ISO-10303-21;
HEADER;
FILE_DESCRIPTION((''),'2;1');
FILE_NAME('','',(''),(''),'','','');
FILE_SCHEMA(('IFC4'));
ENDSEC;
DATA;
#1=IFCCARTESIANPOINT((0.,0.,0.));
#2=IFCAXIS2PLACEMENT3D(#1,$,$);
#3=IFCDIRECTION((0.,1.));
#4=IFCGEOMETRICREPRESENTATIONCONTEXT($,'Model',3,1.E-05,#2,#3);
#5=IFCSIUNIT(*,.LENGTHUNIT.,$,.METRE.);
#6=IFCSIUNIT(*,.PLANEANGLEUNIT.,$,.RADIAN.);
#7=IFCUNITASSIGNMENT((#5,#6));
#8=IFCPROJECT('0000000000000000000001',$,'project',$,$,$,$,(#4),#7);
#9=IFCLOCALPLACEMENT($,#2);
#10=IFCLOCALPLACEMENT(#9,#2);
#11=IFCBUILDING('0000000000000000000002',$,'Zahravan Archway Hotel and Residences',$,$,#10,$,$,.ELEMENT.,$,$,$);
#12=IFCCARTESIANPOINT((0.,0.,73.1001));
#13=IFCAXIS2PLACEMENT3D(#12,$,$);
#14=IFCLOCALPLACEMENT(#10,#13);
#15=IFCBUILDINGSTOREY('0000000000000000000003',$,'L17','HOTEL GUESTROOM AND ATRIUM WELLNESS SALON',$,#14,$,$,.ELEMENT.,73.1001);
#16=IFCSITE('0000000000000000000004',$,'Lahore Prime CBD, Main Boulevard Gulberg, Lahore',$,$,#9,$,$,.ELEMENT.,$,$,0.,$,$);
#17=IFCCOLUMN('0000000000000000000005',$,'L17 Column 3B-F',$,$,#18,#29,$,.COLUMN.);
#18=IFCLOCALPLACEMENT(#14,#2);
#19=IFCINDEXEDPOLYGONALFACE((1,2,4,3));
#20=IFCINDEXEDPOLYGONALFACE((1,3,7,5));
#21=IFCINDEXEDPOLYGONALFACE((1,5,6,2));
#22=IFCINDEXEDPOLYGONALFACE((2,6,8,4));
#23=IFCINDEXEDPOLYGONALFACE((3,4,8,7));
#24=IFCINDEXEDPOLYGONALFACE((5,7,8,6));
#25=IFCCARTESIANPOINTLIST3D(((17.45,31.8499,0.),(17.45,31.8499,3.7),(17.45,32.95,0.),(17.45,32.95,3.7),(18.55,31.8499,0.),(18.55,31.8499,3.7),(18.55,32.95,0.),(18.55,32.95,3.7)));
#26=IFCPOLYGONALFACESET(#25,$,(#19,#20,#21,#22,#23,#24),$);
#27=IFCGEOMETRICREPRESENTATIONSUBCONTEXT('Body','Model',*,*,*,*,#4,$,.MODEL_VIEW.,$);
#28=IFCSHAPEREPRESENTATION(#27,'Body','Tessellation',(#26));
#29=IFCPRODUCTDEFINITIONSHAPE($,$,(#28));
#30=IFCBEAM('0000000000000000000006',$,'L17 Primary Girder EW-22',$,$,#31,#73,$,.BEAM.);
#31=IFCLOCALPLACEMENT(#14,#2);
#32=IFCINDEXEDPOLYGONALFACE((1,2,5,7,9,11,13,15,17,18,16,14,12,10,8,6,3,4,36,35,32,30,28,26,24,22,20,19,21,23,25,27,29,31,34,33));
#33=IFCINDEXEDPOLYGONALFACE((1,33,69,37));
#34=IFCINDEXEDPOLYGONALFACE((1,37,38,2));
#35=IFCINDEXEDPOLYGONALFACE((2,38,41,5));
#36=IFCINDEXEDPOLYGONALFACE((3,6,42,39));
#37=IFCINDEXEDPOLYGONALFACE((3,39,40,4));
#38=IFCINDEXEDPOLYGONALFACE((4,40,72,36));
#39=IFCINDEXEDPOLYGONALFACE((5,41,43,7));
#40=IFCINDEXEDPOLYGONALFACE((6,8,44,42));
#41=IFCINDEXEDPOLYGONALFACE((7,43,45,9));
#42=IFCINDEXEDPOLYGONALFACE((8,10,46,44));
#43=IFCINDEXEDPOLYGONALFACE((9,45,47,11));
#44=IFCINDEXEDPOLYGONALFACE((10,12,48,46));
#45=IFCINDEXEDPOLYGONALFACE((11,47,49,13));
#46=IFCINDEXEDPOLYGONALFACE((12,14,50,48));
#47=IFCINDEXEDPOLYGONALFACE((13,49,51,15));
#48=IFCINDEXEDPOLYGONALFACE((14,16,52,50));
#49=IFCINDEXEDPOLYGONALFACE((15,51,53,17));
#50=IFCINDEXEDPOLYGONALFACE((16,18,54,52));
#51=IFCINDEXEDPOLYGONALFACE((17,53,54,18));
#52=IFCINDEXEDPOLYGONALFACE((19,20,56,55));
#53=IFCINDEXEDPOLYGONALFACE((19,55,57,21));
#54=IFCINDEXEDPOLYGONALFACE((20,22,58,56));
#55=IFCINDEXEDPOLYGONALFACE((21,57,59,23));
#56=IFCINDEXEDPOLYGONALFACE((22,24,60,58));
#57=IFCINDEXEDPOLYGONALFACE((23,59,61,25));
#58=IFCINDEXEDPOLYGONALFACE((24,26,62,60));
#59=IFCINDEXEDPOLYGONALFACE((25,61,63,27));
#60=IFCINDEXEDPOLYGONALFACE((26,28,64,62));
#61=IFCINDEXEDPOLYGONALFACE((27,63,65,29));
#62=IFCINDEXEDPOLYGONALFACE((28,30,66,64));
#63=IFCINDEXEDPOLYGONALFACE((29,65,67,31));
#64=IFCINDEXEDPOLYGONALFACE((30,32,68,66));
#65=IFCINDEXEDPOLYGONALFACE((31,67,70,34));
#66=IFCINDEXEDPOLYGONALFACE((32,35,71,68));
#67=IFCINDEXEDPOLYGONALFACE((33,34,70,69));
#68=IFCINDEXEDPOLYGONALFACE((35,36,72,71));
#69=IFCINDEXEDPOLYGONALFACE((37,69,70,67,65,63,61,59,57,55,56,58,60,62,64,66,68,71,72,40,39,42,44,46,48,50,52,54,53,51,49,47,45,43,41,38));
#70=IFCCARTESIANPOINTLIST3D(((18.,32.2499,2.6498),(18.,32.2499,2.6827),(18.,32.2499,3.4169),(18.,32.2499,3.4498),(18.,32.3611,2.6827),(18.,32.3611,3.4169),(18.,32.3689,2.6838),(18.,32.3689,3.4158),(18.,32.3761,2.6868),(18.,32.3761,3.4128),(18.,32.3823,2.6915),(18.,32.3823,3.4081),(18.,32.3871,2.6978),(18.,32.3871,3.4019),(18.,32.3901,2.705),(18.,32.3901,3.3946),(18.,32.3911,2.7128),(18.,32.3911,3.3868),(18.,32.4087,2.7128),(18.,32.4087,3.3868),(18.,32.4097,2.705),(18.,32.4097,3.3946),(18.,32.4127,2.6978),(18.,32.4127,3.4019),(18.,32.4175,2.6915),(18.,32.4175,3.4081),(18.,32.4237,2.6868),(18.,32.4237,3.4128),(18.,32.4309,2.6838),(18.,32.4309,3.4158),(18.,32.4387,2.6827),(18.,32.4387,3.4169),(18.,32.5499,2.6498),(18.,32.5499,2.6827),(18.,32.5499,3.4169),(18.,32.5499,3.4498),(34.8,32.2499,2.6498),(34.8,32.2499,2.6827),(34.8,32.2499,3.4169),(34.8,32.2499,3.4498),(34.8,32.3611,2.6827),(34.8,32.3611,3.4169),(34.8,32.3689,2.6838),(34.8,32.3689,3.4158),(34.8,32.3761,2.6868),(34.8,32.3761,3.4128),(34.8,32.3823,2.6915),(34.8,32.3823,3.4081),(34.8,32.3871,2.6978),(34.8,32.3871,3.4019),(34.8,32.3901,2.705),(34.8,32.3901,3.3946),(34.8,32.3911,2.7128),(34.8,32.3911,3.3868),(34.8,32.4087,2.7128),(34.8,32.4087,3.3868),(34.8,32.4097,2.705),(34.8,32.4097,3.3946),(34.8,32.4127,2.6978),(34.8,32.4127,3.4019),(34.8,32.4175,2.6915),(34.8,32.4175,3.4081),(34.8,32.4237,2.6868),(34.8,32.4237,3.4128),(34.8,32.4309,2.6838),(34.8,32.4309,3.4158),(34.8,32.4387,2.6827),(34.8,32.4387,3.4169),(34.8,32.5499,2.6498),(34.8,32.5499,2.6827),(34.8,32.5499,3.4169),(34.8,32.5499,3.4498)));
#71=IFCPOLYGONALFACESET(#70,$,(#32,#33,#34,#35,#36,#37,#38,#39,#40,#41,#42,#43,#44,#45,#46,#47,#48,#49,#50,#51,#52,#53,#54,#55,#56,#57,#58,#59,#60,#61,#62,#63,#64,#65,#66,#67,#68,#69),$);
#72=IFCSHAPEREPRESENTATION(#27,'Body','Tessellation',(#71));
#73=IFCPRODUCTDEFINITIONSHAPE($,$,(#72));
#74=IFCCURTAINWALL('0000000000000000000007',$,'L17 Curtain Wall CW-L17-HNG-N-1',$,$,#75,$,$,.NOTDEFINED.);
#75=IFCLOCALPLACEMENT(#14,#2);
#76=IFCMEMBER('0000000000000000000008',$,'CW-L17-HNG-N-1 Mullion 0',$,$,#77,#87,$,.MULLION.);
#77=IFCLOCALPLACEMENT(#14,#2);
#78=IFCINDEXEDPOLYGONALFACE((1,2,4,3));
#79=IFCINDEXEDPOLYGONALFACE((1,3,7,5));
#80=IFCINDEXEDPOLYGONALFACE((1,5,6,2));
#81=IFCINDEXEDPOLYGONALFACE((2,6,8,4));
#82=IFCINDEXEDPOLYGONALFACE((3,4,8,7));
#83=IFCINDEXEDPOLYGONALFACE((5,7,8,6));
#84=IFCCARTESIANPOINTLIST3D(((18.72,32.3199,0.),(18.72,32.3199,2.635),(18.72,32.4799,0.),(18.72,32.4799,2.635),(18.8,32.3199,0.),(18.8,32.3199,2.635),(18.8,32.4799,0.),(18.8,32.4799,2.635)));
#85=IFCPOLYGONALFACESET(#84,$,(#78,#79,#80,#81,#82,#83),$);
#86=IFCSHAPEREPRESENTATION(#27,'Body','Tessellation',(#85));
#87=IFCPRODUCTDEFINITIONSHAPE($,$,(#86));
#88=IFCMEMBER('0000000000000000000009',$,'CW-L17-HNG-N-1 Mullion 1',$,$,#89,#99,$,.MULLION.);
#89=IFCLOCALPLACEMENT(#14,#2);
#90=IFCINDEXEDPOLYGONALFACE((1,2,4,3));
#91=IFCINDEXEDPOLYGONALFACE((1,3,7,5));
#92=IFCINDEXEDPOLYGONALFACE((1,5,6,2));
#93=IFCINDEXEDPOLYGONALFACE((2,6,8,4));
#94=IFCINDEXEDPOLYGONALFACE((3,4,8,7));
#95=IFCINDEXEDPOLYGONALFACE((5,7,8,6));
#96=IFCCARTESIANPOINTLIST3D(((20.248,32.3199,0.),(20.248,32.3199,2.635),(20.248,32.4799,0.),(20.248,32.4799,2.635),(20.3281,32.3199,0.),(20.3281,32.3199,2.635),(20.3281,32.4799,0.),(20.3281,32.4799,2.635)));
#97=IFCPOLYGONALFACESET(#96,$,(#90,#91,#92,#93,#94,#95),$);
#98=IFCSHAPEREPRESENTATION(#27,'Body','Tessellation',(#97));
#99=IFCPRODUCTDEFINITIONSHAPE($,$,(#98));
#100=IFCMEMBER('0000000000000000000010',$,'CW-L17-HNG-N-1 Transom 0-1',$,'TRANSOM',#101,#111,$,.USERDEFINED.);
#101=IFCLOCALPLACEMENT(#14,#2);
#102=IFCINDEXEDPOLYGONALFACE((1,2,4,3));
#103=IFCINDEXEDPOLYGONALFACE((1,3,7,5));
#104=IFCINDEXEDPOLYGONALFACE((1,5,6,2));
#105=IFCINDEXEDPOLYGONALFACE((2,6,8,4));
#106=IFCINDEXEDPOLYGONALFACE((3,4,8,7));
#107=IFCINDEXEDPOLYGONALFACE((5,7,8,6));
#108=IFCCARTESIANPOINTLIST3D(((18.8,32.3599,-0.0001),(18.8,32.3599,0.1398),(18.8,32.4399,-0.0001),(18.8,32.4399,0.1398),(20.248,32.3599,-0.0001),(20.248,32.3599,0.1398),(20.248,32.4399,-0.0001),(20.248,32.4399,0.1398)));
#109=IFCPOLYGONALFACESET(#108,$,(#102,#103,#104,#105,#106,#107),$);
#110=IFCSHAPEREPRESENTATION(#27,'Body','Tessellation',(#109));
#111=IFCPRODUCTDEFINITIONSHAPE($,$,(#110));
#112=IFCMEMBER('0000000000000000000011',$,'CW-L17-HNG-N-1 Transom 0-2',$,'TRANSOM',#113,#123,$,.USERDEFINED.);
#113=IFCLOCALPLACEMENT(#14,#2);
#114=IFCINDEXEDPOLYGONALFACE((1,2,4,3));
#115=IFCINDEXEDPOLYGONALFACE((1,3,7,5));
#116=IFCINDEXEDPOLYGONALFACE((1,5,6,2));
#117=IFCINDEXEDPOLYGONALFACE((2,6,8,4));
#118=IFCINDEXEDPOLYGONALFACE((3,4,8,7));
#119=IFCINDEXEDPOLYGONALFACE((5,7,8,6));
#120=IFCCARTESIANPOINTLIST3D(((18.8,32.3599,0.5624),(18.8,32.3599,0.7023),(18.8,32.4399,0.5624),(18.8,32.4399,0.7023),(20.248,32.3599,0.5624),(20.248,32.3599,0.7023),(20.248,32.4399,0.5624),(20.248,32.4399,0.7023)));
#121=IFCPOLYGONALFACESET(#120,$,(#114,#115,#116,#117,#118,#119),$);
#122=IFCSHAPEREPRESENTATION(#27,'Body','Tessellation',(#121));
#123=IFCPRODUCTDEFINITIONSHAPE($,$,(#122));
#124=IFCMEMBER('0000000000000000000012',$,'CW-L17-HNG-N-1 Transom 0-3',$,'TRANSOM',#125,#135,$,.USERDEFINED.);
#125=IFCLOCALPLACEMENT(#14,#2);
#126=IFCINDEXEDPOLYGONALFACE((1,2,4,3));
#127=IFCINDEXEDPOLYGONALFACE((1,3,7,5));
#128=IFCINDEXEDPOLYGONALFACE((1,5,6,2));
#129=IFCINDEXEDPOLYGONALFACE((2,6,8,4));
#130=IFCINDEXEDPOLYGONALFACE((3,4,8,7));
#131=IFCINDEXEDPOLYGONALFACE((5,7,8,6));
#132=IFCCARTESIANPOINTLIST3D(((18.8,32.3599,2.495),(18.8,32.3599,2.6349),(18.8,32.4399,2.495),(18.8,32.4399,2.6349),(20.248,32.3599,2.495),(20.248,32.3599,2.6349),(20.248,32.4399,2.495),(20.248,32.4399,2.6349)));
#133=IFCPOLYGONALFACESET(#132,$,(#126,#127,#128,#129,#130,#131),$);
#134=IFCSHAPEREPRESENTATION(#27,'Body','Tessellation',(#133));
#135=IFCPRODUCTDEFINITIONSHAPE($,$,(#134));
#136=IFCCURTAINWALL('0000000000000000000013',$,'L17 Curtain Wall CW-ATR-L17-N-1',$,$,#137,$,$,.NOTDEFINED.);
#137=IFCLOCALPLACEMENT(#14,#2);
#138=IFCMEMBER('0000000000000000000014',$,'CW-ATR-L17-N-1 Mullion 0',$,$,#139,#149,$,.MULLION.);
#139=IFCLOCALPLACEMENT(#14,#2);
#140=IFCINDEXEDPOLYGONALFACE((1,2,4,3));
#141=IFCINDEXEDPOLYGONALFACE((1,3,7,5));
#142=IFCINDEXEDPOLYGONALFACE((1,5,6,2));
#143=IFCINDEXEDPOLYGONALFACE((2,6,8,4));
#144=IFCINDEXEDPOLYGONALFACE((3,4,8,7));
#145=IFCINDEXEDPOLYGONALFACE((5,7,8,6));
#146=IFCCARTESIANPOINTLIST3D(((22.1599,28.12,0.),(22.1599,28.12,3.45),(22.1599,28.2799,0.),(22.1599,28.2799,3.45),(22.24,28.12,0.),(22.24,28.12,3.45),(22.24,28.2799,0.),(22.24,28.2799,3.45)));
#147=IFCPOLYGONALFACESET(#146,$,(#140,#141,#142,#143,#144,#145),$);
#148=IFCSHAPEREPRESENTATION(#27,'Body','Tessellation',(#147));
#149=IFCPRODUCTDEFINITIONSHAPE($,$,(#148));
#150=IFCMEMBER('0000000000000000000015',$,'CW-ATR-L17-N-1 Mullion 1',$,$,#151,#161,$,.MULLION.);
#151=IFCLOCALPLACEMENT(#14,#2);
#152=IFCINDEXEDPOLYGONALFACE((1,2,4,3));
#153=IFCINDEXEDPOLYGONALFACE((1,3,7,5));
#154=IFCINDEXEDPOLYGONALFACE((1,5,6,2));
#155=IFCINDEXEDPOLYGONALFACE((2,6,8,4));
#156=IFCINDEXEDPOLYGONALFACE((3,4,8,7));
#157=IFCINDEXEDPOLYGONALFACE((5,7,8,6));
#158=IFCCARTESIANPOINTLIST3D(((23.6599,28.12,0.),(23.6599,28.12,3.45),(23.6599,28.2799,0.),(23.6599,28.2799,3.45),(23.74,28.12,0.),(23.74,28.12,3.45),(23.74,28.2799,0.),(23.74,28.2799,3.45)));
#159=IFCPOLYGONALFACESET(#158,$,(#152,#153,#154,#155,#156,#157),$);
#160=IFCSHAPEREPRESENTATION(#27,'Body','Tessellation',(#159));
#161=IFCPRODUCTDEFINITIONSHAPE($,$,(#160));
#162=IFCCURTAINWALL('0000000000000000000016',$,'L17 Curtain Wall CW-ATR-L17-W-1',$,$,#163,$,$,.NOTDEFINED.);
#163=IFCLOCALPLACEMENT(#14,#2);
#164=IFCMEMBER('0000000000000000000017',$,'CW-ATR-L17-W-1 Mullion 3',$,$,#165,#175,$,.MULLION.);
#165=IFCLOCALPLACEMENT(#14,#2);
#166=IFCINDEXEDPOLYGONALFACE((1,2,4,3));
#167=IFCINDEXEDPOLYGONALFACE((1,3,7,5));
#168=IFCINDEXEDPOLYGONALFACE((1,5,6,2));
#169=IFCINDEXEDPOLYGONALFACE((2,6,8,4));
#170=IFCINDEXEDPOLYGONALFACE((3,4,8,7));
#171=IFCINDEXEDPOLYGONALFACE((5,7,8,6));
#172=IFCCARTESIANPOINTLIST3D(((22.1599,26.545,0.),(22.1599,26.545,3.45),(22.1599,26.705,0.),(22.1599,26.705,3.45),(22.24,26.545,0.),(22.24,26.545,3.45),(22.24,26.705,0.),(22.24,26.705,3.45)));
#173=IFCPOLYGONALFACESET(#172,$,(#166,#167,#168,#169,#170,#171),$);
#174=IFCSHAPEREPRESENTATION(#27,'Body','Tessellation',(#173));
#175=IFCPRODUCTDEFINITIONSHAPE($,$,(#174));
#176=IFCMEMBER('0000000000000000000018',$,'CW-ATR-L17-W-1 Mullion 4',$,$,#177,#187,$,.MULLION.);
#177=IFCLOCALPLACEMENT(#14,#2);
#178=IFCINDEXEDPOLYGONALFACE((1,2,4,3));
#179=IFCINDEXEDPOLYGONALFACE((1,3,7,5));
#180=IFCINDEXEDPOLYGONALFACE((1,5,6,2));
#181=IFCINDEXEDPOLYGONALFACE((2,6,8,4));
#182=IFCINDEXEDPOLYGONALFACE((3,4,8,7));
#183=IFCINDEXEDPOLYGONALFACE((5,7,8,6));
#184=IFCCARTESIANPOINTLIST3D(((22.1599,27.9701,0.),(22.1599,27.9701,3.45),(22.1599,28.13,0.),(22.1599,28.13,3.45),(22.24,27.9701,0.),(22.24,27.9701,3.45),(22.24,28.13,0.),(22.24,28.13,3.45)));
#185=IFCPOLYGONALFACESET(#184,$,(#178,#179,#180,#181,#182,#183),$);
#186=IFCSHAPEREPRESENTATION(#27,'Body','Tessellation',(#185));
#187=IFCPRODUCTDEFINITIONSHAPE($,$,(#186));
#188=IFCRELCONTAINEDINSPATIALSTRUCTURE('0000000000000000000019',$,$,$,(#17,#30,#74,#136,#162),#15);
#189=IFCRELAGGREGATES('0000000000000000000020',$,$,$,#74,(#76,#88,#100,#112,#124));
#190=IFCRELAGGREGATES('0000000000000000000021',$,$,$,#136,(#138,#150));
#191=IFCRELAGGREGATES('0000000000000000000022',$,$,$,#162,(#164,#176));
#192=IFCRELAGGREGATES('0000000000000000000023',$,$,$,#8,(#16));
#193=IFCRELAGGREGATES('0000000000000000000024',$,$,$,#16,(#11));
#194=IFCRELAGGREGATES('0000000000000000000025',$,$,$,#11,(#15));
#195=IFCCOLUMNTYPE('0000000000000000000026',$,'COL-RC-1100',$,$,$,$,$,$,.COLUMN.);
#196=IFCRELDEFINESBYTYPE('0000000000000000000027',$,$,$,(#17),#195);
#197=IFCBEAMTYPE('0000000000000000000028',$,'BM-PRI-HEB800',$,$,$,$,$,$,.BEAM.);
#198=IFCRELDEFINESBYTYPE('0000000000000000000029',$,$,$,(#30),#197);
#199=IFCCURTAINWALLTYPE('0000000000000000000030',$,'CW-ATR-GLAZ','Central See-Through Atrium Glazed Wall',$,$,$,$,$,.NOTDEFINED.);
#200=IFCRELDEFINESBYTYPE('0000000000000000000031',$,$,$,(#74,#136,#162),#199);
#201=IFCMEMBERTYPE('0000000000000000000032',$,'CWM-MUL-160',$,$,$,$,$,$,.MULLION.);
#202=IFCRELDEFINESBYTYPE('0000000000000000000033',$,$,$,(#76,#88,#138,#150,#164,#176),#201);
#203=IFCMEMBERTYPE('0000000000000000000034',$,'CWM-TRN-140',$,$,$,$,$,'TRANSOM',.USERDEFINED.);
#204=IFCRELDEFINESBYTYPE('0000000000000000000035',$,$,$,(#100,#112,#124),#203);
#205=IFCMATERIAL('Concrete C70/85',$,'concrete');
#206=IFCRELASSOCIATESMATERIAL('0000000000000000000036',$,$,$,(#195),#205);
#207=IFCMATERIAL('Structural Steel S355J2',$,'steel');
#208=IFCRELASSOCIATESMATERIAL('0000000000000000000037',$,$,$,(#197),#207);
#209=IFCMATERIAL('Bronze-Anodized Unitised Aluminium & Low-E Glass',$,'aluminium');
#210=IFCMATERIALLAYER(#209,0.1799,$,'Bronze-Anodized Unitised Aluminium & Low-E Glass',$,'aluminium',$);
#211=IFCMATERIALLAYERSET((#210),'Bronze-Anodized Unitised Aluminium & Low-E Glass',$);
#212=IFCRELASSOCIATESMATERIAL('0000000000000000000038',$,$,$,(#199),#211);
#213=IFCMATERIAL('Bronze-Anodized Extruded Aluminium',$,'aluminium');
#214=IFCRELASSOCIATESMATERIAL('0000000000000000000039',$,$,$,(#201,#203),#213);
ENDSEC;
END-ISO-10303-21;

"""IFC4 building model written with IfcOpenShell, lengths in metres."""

from ifc_helpers import new_model, si_unit, direction, frame, origin, origin_2d, place, context, subcontext, project, spatial, rectangle, i_section, extrude, source, transform, mapped, material, layer, layer_set, material_profile, profile_set, type_object, type_shapes, element, aggregate, save


model = new_model("IFC4")

# Units and contexts
model_context = context("Model", 3, precision=1e-05, world=origin(), true_north=direction((0.0, 1.0)))
body_context = subcontext(model_context, "Body", "Model", "MODEL_VIEW")
ifc_project = project(units=[si_unit("LENGTHUNIT", "METRE"), si_unit("PLANEANGLEUNIT", "RADIAN")], contexts=[model_context])

# Site, building, storey
site_placement = place(None, origin())
site = spatial("IfcSite", under=ifc_project, at=site_placement, Name="Lahore Prime CBD, Main Boulevard Gulberg, Lahore", CompositionType="ELEMENT", RefElevation=0.0)
building_placement = place(site_placement, origin())
building = spatial("IfcBuilding", under=site, at=building_placement, Name="Zahravan Archway Hotel and Residences", CompositionType="ELEMENT")
storey_placement = place(building_placement, frame((0.0, 0.0, 73.1001)))
storey = spatial("IfcBuildingStorey", under=building, at=storey_placement, Name="L17", Description="HOTEL GUESTROOM AND ATRIUM WELLNESS SALON", CompositionType="ELEMENT", Elevation=73.1001)

# Column
ifc_material_1 = material(Name="Concrete C70/85", Category="concrete")
ifc_material_profile_1 = material_profile(ifc_material_1, rectangle(XDim=1.1001, YDim=1.1001, at=origin_2d()), Name="RC 1100x1100", Category="concrete")
ifc_profile_set_1 = profile_set([ifc_material_profile_1], Name="Concrete C70/85")
column_type = type_object("IfcColumnType", Name="COL-RC-1100", PredefinedType="COLUMN", material=ifc_profile_set_1)
shared_shape_1 = source(origin(), body_context, "Body", "SweptSolid", [
    extrude(rectangle(XDim=1.1001, YDim=1.1001, at=origin_2d()), origin(), (0.0, 0.0, 1.0), 3.7),
])
column_placement = place(storey_placement, frame((18.0, 32.3999, 0.0), z_axis=(0.0, 0.0, 1.0), x_axis=(1.0, 0.0, 0.0)))
element("IfcColumn", 1, at=column_placement, inside=storey, type_object=column_type, Name="L17 Column 3B-F", PredefinedType="COLUMN", context=body_context, shape_type="MappedRepresentation", body=[
    mapped(shared_shape_1, transform((0.0, 0.0, 0.0), scale=1.0)),
])

# Beam
ifc_material_2 = material(Name="Structural Steel S355J2", Category="steel")
ifc_material_profile_2 = material_profile(ifc_material_2, i_section(OverallWidth=0.3, OverallDepth=0.8, WebThickness=0.0176, FlangeThickness=0.033, FilletRadius=0.03, at=origin_2d()), Name="HEB 800", Category="steel")
ifc_profile_set_2 = profile_set([ifc_material_profile_2], Name="Structural Steel S355J2")
beam_type = type_object("IfcBeamType", Name="BM-PRI-HEB800", PredefinedType="BEAM", material=ifc_profile_set_2)
shared_shape_2 = source(origin(), body_context, "Body", "SweptSolid", [
    extrude(i_section(OverallWidth=0.3, OverallDepth=0.8, WebThickness=0.0176, FlangeThickness=0.033, FilletRadius=0.03, at=origin_2d()), origin(), (0.0, 0.0, 1.0), 16.8),
])
type_shapes(beam_type, [shared_shape_2])
beam_placement = place(storey_placement, frame((18.0, 32.3999, 3.0498), z_axis=(1.0, 0.0, 0.0), x_axis=(0.0, 1.0, 0.0)))
element("IfcBeam", 2, at=beam_placement, inside=storey, type_object=beam_type, Name="L17 Primary Girder EW-22", PredefinedType="BEAM", context=body_context, shape_type="MappedRepresentation", body=[
    mapped(shared_shape_2, transform((0.0, 0.0, 0.0), scale=1.0)),
])

# Curtain walls, members
ifc_material_3 = material(Name="Bronze-Anodized Unitised Aluminium & Low-E Glass", Category="aluminium")
ifc_layer_1 = layer(ifc_material_3, 0.1799, Name="Bronze-Anodized Unitised Aluminium & Low-E Glass", Category="aluminium")
ifc_layer_set_1 = layer_set([ifc_layer_1], Name="Bronze-Anodized Unitised Aluminium & Low-E Glass")
curtain_wall_type = type_object("IfcCurtainWallType", Name="CW-ATR-GLAZ", Description="Central See-Through Atrium Glazed Wall", PredefinedType="NOTDEFINED", material=ifc_layer_set_1)
curtain_wall_1_placement = place(storey_placement, origin())
curtain_wall_1 = element("IfcCurtainWall", 3, at=curtain_wall_1_placement, inside=storey, type_object=curtain_wall_type, Name="L17 Curtain Wall CW-L17-HNG-N-1", PredefinedType="NOTDEFINED")
ifc_material_4 = material(Name="Bronze-Anodized Extruded Aluminium", Category="aluminium")
ifc_material_profile_3 = material_profile(ifc_material_4, rectangle(XDim=0.0801, YDim=0.1599, at=origin_2d()), Name="MUL 80x160", Category="aluminium")
ifc_profile_set_3 = profile_set([ifc_material_profile_3], Name="Bronze-Anodized Extruded Aluminium")
member_type_1 = type_object("IfcMemberType", Name="CWM-MUL-160", PredefinedType="MULLION", material=ifc_profile_set_3)
shared_shape_3 = source(origin(), body_context, "Body", "SweptSolid", [
    extrude(rectangle(XDim=0.0801, YDim=0.1599, at=origin_2d()), origin(), (0.0, 0.0, 1.0), 2.635),
])
member_1_placement = place(storey_placement, frame((18.76, 32.3999, 0.0), z_axis=(0.0, 0.0, 1.0), x_axis=(1.0, 0.0, 0.0)))
member_1 = element("IfcMember", 4, at=member_1_placement, type_object=member_type_1, Name="CW-L17-HNG-N-1 Mullion 0", PredefinedType="MULLION", context=body_context, shape_type="MappedRepresentation", body=[
    mapped(shared_shape_3, transform((0.0, 0.0, 0.0), scale=1.0)),
])
member_2_placement = place(storey_placement, frame((20.2881, 32.3999, 0.0), z_axis=(0.0, 0.0, 1.0), x_axis=(1.0, 0.0, 0.0)))
member_2 = element("IfcMember", 5, at=member_2_placement, type_object=member_type_1, Name="CW-L17-HNG-N-1 Mullion 1", PredefinedType="MULLION", context=body_context, shape_type="MappedRepresentation", body=[
    mapped(shared_shape_3, transform((0.0, 0.0, 0.0), scale=1.0)),
])
ifc_material_profile_4 = material_profile(ifc_material_4, rectangle(XDim=0.0801, YDim=0.1399, at=origin_2d()), Name="TRN 80x140", Category="aluminium")
ifc_profile_set_4 = profile_set([ifc_material_profile_4], Name="Bronze-Anodized Extruded Aluminium")
member_type_2 = type_object("IfcMemberType", Name="CWM-TRN-140", ElementType="TRANSOM", PredefinedType="USERDEFINED", material=ifc_profile_set_4)
shared_shape_4 = source(origin(), body_context, "Body", "SweptSolid", [
    extrude(rectangle(XDim=0.0801, YDim=0.1399, at=origin_2d()), origin(), (0.0, 0.0, 1.0), 1.448),
])
member_3_placement = place(storey_placement, frame((18.8, 32.3999, 0.0698), z_axis=(1.0, 0.0, 0.0), x_axis=(0.0, 1.0, 0.0)))
member_3 = element("IfcMember", 6, at=member_3_placement, type_object=member_type_2, Name="CW-L17-HNG-N-1 Transom 0-1", ObjectType="TRANSOM", PredefinedType="USERDEFINED", context=body_context, shape_type="MappedRepresentation", body=[
    mapped(shared_shape_4, transform((0.0, 0.0, 0.0), scale=1.0)),
])
member_4_placement = place(storey_placement, frame((18.8, 32.3999, 0.6323), z_axis=(1.0, 0.0, 0.0), x_axis=(0.0, 1.0, 0.0)))
member_4 = element("IfcMember", 7, at=member_4_placement, type_object=member_type_2, Name="CW-L17-HNG-N-1 Transom 0-2", ObjectType="TRANSOM", PredefinedType="USERDEFINED", context=body_context, shape_type="MappedRepresentation", body=[
    mapped(shared_shape_4, transform((0.0, 0.0, 0.0), scale=1.0)),
])
member_5_placement = place(storey_placement, frame((18.8, 32.3999, 2.5649), z_axis=(1.0, 0.0, 0.0), x_axis=(0.0, 1.0, 0.0)))
member_5 = element("IfcMember", 8, at=member_5_placement, type_object=member_type_2, Name="CW-L17-HNG-N-1 Transom 0-3", ObjectType="TRANSOM", PredefinedType="USERDEFINED", context=body_context, shape_type="MappedRepresentation", body=[
    mapped(shared_shape_4, transform((0.0, 0.0, 0.0), scale=1.0)),
])
curtain_wall_2_placement = place(storey_placement, origin())
curtain_wall_2 = element("IfcCurtainWall", 9, at=curtain_wall_2_placement, inside=storey, type_object=curtain_wall_type, Name="L17 Curtain Wall CW-ATR-L17-N-1", PredefinedType="NOTDEFINED")
shared_shape_5 = source(origin(), body_context, "Body", "SweptSolid", [
    extrude(rectangle(XDim=0.0801, YDim=0.1599, at=origin_2d()), origin(), (0.0, 0.0, 1.0), 3.45),
])
member_6_placement = place(storey_placement, frame((22.2, 28.2, 0.0), z_axis=(0.0, 0.0, 1.0), x_axis=(1.0, 0.0, 0.0)))
member_6 = element("IfcMember", 10, at=member_6_placement, type_object=member_type_1, Name="CW-ATR-L17-N-1 Mullion 0", PredefinedType="MULLION", context=body_context, shape_type="MappedRepresentation", body=[
    mapped(shared_shape_5, transform((0.0, 0.0, 0.0), scale=1.0)),
])
member_7_placement = place(storey_placement, frame((23.7, 28.2, 0.0), z_axis=(0.0, 0.0, 1.0), x_axis=(1.0, 0.0, 0.0)))
member_7 = element("IfcMember", 11, at=member_7_placement, type_object=member_type_1, Name="CW-ATR-L17-N-1 Mullion 1", PredefinedType="MULLION", context=body_context, shape_type="MappedRepresentation", body=[
    mapped(shared_shape_5, transform((0.0, 0.0, 0.0), scale=1.0)),
])
curtain_wall_3_placement = place(storey_placement, origin())
curtain_wall_3 = element("IfcCurtainWall", 12, at=curtain_wall_3_placement, inside=storey, type_object=curtain_wall_type, Name="L17 Curtain Wall CW-ATR-L17-W-1", PredefinedType="NOTDEFINED")
member_8_placement = place(storey_placement, frame((22.2, 26.625, 0.0), z_axis=(0.0, 0.0, 1.0), x_axis=(1.0, 0.0, 0.0)))
member_8 = element("IfcMember", 13, at=member_8_placement, type_object=member_type_1, Name="CW-ATR-L17-W-1 Mullion 3", PredefinedType="MULLION", context=body_context, shape_type="MappedRepresentation", body=[
    mapped(shared_shape_5, transform((0.0, 0.0, 0.0), scale=1.0)),
])
member_9_placement = place(storey_placement, frame((22.2, 28.05, 0.0), z_axis=(0.0, 0.0, 1.0), x_axis=(1.0, 0.0, 0.0)))
member_9 = element("IfcMember", 14, at=member_9_placement, type_object=member_type_1, Name="CW-ATR-L17-W-1 Mullion 4", PredefinedType="MULLION", context=body_context, shape_type="MappedRepresentation", body=[
    mapped(shared_shape_5, transform((0.0, 0.0, 0.0), scale=1.0)),
])

aggregate(curtain_wall_1, [member_1, member_2, member_3, member_4, member_5])
aggregate(curtain_wall_2, [member_6, member_7])
aggregate(curtain_wall_3, [member_8, member_9])

save(model, "model.ifc")
